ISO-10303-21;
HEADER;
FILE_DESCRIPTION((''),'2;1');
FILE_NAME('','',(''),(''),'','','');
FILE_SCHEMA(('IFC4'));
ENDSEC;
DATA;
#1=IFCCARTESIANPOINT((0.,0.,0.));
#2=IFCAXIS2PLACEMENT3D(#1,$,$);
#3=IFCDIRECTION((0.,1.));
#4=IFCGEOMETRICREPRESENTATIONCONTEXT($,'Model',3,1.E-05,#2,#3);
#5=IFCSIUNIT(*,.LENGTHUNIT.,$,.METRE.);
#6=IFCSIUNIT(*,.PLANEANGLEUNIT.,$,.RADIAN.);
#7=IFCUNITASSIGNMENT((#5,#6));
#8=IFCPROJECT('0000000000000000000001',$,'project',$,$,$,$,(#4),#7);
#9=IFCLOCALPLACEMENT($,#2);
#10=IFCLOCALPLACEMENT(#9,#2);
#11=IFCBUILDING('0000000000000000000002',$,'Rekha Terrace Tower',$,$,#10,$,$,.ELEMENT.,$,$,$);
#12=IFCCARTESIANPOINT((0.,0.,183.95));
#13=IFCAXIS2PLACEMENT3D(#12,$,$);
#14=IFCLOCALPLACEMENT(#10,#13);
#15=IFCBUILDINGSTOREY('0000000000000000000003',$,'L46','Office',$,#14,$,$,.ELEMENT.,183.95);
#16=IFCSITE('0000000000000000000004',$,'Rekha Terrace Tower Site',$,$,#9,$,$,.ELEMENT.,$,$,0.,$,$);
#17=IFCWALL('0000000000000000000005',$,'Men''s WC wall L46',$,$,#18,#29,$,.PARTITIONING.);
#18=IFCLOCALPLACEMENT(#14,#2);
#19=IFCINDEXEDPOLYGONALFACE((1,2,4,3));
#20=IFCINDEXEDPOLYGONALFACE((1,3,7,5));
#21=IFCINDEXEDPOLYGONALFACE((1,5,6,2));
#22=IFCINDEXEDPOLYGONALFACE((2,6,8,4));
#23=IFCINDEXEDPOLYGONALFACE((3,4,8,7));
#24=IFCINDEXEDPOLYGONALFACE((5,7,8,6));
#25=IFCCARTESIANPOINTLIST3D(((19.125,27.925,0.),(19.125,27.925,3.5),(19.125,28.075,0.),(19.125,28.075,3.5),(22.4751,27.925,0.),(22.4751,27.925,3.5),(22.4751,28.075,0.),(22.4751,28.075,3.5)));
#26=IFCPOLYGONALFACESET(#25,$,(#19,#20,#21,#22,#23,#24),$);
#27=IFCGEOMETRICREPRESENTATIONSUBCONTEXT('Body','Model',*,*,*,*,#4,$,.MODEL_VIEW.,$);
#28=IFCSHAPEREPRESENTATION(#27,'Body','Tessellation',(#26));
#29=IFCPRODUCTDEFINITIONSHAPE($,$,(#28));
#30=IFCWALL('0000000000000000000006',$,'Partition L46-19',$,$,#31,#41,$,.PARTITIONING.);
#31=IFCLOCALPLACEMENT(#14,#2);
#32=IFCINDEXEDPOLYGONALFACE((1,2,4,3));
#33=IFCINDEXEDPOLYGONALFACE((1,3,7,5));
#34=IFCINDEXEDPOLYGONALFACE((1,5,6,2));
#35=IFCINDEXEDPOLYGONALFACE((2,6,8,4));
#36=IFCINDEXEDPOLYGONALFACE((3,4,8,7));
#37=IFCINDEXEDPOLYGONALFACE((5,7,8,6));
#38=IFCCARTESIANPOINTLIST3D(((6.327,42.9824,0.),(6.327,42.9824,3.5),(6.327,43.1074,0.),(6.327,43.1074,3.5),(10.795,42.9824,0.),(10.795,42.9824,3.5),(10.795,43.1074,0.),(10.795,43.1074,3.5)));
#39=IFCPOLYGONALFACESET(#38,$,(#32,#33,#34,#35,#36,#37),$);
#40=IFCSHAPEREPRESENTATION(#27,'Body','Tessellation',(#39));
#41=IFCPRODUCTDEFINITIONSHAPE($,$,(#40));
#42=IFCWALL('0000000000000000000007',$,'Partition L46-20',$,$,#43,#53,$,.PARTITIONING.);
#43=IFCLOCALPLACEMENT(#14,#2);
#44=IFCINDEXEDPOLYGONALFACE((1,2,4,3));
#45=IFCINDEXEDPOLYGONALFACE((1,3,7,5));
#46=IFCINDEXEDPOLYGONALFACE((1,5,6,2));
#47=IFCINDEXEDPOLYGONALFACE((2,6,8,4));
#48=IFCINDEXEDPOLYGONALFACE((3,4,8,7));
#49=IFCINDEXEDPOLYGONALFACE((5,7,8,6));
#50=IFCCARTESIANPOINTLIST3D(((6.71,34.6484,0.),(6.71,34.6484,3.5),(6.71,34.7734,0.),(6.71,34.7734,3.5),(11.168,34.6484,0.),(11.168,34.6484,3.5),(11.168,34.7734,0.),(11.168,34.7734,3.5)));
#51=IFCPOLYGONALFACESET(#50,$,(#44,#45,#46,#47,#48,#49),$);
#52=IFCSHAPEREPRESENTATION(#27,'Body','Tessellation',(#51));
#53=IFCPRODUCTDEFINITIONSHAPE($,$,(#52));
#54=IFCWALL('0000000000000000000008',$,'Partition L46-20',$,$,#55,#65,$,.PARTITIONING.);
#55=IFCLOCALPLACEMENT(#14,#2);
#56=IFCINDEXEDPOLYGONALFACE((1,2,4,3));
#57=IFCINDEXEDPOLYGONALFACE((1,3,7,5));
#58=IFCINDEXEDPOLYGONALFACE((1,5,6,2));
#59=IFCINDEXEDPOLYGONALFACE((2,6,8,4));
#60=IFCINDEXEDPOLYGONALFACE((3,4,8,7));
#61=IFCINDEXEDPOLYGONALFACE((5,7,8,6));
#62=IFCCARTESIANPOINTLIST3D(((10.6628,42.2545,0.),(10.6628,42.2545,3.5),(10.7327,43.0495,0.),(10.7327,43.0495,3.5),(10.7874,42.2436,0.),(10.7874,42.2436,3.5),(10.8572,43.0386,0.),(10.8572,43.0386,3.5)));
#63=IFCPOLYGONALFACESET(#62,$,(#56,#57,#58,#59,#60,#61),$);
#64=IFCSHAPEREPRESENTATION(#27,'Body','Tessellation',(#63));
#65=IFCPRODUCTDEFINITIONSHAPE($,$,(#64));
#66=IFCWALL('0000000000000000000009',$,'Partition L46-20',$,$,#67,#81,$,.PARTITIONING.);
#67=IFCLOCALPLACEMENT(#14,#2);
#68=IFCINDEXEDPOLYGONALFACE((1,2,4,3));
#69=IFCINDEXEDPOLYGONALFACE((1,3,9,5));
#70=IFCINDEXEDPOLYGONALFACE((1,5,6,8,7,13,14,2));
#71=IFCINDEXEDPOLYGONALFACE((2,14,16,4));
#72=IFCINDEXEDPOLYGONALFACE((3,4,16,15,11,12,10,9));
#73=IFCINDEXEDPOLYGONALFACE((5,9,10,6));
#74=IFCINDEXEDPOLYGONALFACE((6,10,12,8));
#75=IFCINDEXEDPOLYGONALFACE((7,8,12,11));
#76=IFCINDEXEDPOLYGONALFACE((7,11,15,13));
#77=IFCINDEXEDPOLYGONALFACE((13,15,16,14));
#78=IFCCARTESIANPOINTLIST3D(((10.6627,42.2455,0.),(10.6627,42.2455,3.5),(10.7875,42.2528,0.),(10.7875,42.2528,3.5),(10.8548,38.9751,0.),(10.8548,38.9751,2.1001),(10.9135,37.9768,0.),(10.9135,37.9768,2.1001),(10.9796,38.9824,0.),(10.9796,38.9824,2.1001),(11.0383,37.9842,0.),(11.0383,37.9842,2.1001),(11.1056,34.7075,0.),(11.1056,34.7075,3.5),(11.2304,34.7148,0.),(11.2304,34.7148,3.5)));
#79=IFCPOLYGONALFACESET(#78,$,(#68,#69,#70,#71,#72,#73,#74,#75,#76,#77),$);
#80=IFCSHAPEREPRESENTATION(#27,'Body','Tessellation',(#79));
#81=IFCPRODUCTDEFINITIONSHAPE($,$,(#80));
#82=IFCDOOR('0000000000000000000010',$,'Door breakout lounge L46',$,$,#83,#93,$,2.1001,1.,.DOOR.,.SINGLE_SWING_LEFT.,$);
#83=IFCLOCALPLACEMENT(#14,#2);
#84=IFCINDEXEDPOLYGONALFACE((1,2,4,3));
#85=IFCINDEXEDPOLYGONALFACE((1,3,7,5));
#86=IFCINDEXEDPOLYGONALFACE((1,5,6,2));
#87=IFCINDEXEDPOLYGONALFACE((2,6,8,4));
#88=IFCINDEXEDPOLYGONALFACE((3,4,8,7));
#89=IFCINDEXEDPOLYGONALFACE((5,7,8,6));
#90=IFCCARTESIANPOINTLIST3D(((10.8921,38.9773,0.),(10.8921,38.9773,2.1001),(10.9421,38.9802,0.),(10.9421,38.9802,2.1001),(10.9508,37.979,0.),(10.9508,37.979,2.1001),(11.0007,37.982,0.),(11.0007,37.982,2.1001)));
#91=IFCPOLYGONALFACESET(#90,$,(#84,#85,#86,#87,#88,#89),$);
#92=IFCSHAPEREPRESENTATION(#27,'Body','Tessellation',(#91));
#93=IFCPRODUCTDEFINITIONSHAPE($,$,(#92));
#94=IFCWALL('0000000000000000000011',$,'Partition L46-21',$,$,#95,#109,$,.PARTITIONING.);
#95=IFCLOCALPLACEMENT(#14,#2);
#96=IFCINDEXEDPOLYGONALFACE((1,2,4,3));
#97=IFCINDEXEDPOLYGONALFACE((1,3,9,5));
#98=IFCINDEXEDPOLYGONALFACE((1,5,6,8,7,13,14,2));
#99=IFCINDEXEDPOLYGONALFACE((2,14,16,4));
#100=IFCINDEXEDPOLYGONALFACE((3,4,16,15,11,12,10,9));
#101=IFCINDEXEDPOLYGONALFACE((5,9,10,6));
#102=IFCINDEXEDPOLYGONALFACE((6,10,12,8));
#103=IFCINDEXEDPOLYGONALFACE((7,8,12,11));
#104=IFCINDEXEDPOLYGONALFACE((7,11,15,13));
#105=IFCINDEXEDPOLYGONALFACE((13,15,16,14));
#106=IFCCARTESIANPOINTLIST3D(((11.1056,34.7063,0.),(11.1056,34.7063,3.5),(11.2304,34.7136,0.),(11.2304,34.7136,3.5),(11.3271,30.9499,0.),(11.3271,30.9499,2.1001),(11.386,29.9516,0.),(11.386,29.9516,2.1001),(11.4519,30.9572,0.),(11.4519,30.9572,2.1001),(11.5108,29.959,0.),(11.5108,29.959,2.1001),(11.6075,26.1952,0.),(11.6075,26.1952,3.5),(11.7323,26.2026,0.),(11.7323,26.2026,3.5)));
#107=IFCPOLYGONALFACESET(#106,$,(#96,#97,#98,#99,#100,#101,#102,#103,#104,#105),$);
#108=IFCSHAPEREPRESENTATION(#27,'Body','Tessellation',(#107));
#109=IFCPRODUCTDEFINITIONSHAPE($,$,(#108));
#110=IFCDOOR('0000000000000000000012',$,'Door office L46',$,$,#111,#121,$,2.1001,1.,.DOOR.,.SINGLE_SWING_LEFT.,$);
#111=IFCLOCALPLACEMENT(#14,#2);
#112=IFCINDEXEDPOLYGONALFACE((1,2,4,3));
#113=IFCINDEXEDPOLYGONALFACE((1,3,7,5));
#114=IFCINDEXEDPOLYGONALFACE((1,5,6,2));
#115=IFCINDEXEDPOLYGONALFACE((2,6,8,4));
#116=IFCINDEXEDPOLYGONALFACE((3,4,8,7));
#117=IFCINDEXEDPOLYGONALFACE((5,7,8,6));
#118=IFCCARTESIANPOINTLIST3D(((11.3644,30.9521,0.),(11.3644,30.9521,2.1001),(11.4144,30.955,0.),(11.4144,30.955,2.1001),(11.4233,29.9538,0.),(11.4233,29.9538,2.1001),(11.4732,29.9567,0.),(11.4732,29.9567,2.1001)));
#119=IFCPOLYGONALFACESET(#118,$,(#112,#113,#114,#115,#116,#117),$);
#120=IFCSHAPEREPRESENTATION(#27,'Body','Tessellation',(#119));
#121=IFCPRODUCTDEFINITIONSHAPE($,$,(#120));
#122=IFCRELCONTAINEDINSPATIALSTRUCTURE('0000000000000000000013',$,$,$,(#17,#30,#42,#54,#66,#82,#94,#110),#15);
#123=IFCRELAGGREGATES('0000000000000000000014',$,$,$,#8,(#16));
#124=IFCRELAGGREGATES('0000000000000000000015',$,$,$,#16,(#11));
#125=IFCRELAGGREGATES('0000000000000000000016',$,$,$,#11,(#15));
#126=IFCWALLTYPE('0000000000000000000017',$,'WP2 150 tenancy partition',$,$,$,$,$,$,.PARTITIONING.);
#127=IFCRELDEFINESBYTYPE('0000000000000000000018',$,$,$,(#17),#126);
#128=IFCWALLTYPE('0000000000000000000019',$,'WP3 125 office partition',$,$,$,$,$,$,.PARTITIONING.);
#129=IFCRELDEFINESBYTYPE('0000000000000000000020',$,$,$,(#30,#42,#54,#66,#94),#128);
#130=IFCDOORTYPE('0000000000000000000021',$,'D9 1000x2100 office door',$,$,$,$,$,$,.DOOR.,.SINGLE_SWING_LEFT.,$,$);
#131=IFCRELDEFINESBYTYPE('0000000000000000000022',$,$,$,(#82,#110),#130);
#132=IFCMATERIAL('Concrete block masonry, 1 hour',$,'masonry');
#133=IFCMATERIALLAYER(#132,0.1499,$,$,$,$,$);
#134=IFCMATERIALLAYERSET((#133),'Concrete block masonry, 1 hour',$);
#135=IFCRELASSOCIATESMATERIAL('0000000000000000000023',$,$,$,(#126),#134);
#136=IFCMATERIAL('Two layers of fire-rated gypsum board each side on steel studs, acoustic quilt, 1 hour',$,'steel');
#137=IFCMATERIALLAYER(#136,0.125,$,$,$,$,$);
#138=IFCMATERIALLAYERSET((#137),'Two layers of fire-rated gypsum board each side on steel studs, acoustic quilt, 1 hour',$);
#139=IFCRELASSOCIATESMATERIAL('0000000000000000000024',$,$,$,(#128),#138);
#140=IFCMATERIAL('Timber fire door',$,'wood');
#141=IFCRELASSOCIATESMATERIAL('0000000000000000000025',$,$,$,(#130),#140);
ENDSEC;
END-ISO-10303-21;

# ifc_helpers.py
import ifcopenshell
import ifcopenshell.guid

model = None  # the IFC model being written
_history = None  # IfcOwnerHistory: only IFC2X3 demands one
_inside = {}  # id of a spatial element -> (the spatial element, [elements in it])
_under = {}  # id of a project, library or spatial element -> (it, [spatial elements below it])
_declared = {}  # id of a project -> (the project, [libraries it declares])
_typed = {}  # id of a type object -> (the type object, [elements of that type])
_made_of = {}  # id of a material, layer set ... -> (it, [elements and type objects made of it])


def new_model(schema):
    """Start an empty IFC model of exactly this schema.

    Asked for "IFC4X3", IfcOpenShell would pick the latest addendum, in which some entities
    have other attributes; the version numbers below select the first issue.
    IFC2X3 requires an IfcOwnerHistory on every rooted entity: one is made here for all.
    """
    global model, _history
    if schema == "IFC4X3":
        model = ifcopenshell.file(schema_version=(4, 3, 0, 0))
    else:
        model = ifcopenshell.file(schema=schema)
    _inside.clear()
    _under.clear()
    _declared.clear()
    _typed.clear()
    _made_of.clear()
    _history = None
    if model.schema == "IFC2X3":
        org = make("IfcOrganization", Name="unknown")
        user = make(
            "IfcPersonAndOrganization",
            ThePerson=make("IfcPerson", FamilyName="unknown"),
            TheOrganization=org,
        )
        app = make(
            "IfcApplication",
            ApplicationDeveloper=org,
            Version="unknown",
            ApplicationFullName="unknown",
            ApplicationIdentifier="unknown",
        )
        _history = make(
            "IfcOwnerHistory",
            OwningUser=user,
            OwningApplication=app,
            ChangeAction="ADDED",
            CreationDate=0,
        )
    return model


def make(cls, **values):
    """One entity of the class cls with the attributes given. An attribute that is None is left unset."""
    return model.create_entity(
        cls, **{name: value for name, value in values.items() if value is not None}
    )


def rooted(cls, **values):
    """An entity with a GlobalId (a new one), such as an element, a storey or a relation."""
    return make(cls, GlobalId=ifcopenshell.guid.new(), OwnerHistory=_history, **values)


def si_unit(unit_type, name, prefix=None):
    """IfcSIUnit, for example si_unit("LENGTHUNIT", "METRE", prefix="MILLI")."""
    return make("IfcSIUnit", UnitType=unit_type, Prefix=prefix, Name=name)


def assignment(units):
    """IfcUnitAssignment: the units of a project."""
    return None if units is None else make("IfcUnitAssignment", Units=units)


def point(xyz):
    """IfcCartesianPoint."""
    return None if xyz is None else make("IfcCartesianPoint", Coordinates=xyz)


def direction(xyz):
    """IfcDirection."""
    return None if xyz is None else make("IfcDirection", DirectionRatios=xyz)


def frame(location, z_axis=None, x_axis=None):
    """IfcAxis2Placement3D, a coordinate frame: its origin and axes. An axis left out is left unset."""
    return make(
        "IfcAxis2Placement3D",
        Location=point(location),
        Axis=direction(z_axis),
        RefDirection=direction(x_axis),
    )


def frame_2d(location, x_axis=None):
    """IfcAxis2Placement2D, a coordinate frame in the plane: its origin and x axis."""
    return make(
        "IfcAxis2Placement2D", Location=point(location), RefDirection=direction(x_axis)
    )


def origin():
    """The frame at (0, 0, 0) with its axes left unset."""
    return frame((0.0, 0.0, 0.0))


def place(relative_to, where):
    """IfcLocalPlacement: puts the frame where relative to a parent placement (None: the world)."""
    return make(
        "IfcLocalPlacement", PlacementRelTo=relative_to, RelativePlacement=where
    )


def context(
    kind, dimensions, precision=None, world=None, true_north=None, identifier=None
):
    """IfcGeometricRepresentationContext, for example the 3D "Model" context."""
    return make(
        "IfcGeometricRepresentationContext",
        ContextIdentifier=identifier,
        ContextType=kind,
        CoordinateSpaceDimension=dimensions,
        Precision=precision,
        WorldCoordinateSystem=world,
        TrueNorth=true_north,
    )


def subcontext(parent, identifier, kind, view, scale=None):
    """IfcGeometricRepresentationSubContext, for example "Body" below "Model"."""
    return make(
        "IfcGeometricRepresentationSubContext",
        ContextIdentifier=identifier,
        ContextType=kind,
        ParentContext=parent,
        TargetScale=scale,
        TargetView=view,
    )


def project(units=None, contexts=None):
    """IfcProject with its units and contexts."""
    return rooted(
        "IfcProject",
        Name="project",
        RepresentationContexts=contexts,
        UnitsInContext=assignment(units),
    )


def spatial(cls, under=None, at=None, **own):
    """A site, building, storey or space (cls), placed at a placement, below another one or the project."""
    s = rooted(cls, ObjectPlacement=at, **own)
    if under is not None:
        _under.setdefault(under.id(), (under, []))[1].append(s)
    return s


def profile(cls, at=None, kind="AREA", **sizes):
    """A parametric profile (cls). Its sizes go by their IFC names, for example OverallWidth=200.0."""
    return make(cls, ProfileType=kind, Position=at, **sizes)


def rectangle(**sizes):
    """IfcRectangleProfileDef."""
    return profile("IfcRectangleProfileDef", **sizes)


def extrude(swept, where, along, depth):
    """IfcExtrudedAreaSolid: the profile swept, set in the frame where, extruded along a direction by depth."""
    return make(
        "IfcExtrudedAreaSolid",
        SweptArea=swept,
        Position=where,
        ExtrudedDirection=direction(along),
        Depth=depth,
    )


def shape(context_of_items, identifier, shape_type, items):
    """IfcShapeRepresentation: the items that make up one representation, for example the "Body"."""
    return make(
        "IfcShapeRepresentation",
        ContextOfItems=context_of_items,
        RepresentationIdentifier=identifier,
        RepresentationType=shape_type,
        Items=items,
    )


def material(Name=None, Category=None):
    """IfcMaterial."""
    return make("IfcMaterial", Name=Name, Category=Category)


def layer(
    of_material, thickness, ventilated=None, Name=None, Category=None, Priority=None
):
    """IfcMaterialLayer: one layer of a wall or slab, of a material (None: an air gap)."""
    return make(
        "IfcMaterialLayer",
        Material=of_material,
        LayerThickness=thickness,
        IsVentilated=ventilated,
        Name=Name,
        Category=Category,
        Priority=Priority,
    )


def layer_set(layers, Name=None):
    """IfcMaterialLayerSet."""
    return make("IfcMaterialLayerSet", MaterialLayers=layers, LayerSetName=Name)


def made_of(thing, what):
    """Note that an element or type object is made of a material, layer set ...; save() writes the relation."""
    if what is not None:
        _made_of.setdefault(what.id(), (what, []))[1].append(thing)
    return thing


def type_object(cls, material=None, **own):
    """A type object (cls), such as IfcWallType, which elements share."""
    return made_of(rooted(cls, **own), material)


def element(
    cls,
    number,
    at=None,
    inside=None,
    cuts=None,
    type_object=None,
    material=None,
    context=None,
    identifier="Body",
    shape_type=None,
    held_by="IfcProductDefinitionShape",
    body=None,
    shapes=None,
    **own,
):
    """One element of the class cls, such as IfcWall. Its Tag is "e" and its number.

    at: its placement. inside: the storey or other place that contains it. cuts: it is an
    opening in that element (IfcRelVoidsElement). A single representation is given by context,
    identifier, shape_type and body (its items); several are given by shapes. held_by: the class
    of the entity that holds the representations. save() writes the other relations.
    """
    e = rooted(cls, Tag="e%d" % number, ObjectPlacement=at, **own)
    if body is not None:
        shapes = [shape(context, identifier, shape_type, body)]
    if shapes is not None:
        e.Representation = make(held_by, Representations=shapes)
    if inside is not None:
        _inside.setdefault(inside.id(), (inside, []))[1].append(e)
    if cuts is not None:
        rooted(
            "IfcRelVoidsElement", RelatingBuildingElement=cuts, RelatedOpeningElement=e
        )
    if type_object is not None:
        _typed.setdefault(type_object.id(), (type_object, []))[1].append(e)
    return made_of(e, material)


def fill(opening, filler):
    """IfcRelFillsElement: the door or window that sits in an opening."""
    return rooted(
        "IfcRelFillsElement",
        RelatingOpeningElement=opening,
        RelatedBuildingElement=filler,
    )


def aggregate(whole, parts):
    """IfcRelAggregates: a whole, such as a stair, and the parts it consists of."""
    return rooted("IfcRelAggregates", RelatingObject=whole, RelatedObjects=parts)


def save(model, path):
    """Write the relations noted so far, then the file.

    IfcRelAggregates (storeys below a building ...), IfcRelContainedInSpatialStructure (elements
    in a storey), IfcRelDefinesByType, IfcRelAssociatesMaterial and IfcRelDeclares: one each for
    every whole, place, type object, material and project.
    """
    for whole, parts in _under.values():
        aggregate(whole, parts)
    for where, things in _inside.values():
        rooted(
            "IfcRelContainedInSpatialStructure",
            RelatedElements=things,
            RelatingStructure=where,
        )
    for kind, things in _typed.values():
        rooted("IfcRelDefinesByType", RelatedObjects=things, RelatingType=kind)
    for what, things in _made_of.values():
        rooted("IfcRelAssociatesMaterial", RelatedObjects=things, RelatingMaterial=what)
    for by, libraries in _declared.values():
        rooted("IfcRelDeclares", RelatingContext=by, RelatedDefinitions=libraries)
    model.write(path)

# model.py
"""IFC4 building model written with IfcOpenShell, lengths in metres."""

from ifc_helpers import new_model, si_unit, direction, frame, frame_2d, origin, place, context, subcontext, project, spatial, rectangle, extrude, material, layer, layer_set, type_object, element, fill, save


model = new_model("IFC4")

# Units and contexts
model_context = context("Model", 3, precision=1e-05, world=origin(), true_north=direction((0.0, 1.0)))
body_context = subcontext(model_context, "Body", "Model", "MODEL_VIEW")
ifc_project = project(units=[si_unit("LENGTHUNIT", "METRE"), si_unit("PLANEANGLEUNIT", "RADIAN")], contexts=[model_context])

# Site, building, storey
site_placement = place(None, origin())
site = spatial("IfcSite", under=ifc_project, at=site_placement, Name="Rekha Terrace Tower Site", CompositionType="ELEMENT", RefElevation=0.0)
building_placement = place(site_placement, origin())
building = spatial("IfcBuilding", under=site, at=building_placement, Name="Rekha Terrace Tower", CompositionType="ELEMENT")
storey_placement = place(building_placement, frame((0.0, 0.0, 183.95)))
storey = spatial("IfcBuildingStorey", under=building, at=storey_placement, Name="L46", Description="Office", CompositionType="ELEMENT", Elevation=183.95)

# Walls
ifc_material_1 = material(Name="Concrete block masonry, 1 hour", Category="masonry")
ifc_layer_1 = layer(ifc_material_1, 0.1499)
ifc_layer_set_1 = layer_set([ifc_layer_1], Name="Concrete block masonry, 1 hour")
wall_type_1 = type_object("IfcWallType", Name="WP2 150 tenancy partition", PredefinedType="PARTITIONING", material=ifc_layer_set_1)
wall_1_placement = place(storey_placement, frame((19.125, 28.0, 0.0), z_axis=(0.0, 0.0, 1.0), x_axis=(1.0, 0.0, 0.0)))
element("IfcWall", 1, at=wall_1_placement, inside=storey, type_object=wall_type_1, Name="Men's WC wall L46", PredefinedType="PARTITIONING", context=body_context, shape_type="SweptSolid", body=[
    extrude(rectangle(XDim=3.3501, YDim=0.1499, at=frame_2d((1.675, 0.0))), origin(), (0.0, 0.0, 1.0), 3.5),
])
ifc_material_2 = material(Name="Two layers of fire-rated gypsum board each side on steel studs, acoustic quilt, 1 hour", Category="steel")
ifc_layer_2 = layer(ifc_material_2, 0.125)
ifc_layer_set_2 = layer_set([ifc_layer_2], Name="Two layers of fire-rated gypsum board each side on steel studs, acoustic quilt, 1 hour")
wall_type_2 = type_object("IfcWallType", Name="WP3 125 office partition", PredefinedType="PARTITIONING", material=ifc_layer_set_2)
wall_2_placement = place(storey_placement, frame((10.7949, 43.0449, 0.0), z_axis=(0.0, 0.0, 1.0), x_axis=(-1.0, 0.0, 0.0)))
element("IfcWall", 2, at=wall_2_placement, inside=storey, type_object=wall_type_2, Name="Partition L46-19", PredefinedType="PARTITIONING", context=body_context, shape_type="SweptSolid", body=[
    extrude(rectangle(XDim=4.468, YDim=0.125, at=frame_2d((2.2339, 0.0))), origin(), (0.0, 0.0, 1.0), 3.5),
])
wall_3_placement = place(storey_placement, frame((11.168, 34.7109, 0.0), z_axis=(0.0, 0.0, 1.0), x_axis=(-1.0, 0.0, 0.0)))
element("IfcWall", 3, at=wall_3_placement, inside=storey, type_object=wall_type_2, Name="Partition L46-20", PredefinedType="PARTITIONING", context=body_context, shape_type="SweptSolid", body=[
    extrude(rectangle(XDim=4.458, YDim=0.125, at=frame_2d((2.229, 0.0))), origin(), (0.0, 0.0, 1.0), 3.5),
])
wall_4_placement = place(storey_placement, frame((10.7949, 43.0439, 0.0), z_axis=(0.0, 0.0, 1.0), x_axis=(-0.087501, -0.996164, 0.0)))
element("IfcWall", 4, at=wall_4_placement, inside=storey, type_object=wall_type_2, Name="Partition L46-20", PredefinedType="PARTITIONING", context=body_context, shape_type="SweptSolid", body=[
    extrude(rectangle(XDim=0.7981, YDim=0.125, at=frame_2d((0.3989, 0.0))), origin(), (0.0, 0.0, 1.0), 3.5),
])

# Walls, openings, doors
wall_5_placement = place(storey_placement, frame((10.7251, 42.249, 0.0), z_axis=(0.0, 0.0, 1.0), x_axis=(0.05865, -0.998279, 0.0)))
wall_5 = element("IfcWall", 5, at=wall_5_placement, inside=storey, type_object=wall_type_2, Name="Partition L46-20", PredefinedType="PARTITIONING", context=body_context, shape_type="SweptSolid", body=[
    extrude(rectangle(XDim=7.551, YDim=0.125, at=frame_2d((3.7754, 0.0))), origin(), (0.0, 0.0, 1.0), 3.5),
])
opening_1_placement = place(wall_5_placement, frame((3.2759, 0.0, 0.0)))
opening_1 = element("IfcOpeningElement", 6, at=opening_1_placement, cuts=wall_5, PredefinedType="OPENING", context=body_context, shape_type="SweptSolid", body=[
    extrude(rectangle(XDim=1.0, YDim=2.1001, at=frame_2d((0.5, 1.05))), frame((0.0, 0.0725, 0.0), z_axis=(0.0, -1.0, 0.0), x_axis=(1.0, 0.0, 0.0)), (0.0, 0.0, 1.0), 0.145),
])
ifc_material_3 = material(Name="Timber fire door", Category="wood")
door_type_1 = type_object("IfcDoorType", Name="D9 1000x2100 office door", OperationType="SINGLE_SWING_LEFT", PredefinedType="DOOR", material=ifc_material_3)
door_1_placement = place(opening_1_placement, origin())
door_1 = element("IfcDoor", 7, at=door_1_placement, inside=storey, type_object=door_type_1, Name="Door breakout lounge L46", OperationType="SINGLE_SWING_LEFT", OverallHeight=2.1001, OverallWidth=1.0, PredefinedType="DOOR", context=body_context, shape_type="SweptSolid", body=[
    extrude(rectangle(XDim=1.0, YDim=2.1001, at=frame_2d((0.5, 1.05))), frame((0.0, 0.0249, 0.0), z_axis=(0.0, -1.0, 0.0), x_axis=(1.0, 0.0, 0.0)), (0.0, 0.0, 1.0), 0.05),
])
fill(opening_1, door_1)
wall_6_placement = place(storey_placement, frame((11.168, 34.71, 0.0), z_axis=(0.0, 0.0, 1.0), x_axis=(0.058875, -0.998265, 0.0)))
wall_6 = element("IfcWall", 8, at=wall_6_placement, inside=storey, type_object=wall_type_2, Name="Partition L46-21", PredefinedType="PARTITIONING", context=body_context, shape_type="SweptSolid", body=[
    extrude(rectangle(XDim=8.5259, YDim=0.125, at=frame_2d((4.2629, 0.0))), origin(), (0.0, 0.0, 1.0), 3.5),
])
opening_2_placement = place(wall_6_placement, frame((3.7629, 0.0, 0.0)))
opening_2 = element("IfcOpeningElement", 9, at=opening_2_placement, cuts=wall_6, PredefinedType="OPENING", context=body_context, shape_type="SweptSolid", body=[
    extrude(rectangle(XDim=1.0, YDim=2.1001, at=frame_2d((0.5, 1.05))), frame((0.0, 0.0725, 0.0), z_axis=(0.0, -1.0, 0.0), x_axis=(1.0, 0.0, 0.0)), (0.0, 0.0, 1.0), 0.145),
])
door_2_placement = place(opening_2_placement, origin())
door_2 = element("IfcDoor", 10, at=door_2_placement, inside=storey, type_object=door_type_1, Name="Door office L46", OperationType="SINGLE_SWING_LEFT", OverallHeight=2.1001, OverallWidth=1.0, PredefinedType="DOOR", context=body_context, shape_type="SweptSolid", body=[
    extrude(rectangle(XDim=1.0, YDim=2.1001, at=frame_2d((0.5, 1.05))), frame((0.0, 0.0249, 0.0), z_axis=(0.0, -1.0, 0.0), x_axis=(1.0, 0.0, 0.0)), (0.0, 0.0, 1.0), 0.05),
])
fill(opening_2, door_2)

save(model, "model.ifc")
